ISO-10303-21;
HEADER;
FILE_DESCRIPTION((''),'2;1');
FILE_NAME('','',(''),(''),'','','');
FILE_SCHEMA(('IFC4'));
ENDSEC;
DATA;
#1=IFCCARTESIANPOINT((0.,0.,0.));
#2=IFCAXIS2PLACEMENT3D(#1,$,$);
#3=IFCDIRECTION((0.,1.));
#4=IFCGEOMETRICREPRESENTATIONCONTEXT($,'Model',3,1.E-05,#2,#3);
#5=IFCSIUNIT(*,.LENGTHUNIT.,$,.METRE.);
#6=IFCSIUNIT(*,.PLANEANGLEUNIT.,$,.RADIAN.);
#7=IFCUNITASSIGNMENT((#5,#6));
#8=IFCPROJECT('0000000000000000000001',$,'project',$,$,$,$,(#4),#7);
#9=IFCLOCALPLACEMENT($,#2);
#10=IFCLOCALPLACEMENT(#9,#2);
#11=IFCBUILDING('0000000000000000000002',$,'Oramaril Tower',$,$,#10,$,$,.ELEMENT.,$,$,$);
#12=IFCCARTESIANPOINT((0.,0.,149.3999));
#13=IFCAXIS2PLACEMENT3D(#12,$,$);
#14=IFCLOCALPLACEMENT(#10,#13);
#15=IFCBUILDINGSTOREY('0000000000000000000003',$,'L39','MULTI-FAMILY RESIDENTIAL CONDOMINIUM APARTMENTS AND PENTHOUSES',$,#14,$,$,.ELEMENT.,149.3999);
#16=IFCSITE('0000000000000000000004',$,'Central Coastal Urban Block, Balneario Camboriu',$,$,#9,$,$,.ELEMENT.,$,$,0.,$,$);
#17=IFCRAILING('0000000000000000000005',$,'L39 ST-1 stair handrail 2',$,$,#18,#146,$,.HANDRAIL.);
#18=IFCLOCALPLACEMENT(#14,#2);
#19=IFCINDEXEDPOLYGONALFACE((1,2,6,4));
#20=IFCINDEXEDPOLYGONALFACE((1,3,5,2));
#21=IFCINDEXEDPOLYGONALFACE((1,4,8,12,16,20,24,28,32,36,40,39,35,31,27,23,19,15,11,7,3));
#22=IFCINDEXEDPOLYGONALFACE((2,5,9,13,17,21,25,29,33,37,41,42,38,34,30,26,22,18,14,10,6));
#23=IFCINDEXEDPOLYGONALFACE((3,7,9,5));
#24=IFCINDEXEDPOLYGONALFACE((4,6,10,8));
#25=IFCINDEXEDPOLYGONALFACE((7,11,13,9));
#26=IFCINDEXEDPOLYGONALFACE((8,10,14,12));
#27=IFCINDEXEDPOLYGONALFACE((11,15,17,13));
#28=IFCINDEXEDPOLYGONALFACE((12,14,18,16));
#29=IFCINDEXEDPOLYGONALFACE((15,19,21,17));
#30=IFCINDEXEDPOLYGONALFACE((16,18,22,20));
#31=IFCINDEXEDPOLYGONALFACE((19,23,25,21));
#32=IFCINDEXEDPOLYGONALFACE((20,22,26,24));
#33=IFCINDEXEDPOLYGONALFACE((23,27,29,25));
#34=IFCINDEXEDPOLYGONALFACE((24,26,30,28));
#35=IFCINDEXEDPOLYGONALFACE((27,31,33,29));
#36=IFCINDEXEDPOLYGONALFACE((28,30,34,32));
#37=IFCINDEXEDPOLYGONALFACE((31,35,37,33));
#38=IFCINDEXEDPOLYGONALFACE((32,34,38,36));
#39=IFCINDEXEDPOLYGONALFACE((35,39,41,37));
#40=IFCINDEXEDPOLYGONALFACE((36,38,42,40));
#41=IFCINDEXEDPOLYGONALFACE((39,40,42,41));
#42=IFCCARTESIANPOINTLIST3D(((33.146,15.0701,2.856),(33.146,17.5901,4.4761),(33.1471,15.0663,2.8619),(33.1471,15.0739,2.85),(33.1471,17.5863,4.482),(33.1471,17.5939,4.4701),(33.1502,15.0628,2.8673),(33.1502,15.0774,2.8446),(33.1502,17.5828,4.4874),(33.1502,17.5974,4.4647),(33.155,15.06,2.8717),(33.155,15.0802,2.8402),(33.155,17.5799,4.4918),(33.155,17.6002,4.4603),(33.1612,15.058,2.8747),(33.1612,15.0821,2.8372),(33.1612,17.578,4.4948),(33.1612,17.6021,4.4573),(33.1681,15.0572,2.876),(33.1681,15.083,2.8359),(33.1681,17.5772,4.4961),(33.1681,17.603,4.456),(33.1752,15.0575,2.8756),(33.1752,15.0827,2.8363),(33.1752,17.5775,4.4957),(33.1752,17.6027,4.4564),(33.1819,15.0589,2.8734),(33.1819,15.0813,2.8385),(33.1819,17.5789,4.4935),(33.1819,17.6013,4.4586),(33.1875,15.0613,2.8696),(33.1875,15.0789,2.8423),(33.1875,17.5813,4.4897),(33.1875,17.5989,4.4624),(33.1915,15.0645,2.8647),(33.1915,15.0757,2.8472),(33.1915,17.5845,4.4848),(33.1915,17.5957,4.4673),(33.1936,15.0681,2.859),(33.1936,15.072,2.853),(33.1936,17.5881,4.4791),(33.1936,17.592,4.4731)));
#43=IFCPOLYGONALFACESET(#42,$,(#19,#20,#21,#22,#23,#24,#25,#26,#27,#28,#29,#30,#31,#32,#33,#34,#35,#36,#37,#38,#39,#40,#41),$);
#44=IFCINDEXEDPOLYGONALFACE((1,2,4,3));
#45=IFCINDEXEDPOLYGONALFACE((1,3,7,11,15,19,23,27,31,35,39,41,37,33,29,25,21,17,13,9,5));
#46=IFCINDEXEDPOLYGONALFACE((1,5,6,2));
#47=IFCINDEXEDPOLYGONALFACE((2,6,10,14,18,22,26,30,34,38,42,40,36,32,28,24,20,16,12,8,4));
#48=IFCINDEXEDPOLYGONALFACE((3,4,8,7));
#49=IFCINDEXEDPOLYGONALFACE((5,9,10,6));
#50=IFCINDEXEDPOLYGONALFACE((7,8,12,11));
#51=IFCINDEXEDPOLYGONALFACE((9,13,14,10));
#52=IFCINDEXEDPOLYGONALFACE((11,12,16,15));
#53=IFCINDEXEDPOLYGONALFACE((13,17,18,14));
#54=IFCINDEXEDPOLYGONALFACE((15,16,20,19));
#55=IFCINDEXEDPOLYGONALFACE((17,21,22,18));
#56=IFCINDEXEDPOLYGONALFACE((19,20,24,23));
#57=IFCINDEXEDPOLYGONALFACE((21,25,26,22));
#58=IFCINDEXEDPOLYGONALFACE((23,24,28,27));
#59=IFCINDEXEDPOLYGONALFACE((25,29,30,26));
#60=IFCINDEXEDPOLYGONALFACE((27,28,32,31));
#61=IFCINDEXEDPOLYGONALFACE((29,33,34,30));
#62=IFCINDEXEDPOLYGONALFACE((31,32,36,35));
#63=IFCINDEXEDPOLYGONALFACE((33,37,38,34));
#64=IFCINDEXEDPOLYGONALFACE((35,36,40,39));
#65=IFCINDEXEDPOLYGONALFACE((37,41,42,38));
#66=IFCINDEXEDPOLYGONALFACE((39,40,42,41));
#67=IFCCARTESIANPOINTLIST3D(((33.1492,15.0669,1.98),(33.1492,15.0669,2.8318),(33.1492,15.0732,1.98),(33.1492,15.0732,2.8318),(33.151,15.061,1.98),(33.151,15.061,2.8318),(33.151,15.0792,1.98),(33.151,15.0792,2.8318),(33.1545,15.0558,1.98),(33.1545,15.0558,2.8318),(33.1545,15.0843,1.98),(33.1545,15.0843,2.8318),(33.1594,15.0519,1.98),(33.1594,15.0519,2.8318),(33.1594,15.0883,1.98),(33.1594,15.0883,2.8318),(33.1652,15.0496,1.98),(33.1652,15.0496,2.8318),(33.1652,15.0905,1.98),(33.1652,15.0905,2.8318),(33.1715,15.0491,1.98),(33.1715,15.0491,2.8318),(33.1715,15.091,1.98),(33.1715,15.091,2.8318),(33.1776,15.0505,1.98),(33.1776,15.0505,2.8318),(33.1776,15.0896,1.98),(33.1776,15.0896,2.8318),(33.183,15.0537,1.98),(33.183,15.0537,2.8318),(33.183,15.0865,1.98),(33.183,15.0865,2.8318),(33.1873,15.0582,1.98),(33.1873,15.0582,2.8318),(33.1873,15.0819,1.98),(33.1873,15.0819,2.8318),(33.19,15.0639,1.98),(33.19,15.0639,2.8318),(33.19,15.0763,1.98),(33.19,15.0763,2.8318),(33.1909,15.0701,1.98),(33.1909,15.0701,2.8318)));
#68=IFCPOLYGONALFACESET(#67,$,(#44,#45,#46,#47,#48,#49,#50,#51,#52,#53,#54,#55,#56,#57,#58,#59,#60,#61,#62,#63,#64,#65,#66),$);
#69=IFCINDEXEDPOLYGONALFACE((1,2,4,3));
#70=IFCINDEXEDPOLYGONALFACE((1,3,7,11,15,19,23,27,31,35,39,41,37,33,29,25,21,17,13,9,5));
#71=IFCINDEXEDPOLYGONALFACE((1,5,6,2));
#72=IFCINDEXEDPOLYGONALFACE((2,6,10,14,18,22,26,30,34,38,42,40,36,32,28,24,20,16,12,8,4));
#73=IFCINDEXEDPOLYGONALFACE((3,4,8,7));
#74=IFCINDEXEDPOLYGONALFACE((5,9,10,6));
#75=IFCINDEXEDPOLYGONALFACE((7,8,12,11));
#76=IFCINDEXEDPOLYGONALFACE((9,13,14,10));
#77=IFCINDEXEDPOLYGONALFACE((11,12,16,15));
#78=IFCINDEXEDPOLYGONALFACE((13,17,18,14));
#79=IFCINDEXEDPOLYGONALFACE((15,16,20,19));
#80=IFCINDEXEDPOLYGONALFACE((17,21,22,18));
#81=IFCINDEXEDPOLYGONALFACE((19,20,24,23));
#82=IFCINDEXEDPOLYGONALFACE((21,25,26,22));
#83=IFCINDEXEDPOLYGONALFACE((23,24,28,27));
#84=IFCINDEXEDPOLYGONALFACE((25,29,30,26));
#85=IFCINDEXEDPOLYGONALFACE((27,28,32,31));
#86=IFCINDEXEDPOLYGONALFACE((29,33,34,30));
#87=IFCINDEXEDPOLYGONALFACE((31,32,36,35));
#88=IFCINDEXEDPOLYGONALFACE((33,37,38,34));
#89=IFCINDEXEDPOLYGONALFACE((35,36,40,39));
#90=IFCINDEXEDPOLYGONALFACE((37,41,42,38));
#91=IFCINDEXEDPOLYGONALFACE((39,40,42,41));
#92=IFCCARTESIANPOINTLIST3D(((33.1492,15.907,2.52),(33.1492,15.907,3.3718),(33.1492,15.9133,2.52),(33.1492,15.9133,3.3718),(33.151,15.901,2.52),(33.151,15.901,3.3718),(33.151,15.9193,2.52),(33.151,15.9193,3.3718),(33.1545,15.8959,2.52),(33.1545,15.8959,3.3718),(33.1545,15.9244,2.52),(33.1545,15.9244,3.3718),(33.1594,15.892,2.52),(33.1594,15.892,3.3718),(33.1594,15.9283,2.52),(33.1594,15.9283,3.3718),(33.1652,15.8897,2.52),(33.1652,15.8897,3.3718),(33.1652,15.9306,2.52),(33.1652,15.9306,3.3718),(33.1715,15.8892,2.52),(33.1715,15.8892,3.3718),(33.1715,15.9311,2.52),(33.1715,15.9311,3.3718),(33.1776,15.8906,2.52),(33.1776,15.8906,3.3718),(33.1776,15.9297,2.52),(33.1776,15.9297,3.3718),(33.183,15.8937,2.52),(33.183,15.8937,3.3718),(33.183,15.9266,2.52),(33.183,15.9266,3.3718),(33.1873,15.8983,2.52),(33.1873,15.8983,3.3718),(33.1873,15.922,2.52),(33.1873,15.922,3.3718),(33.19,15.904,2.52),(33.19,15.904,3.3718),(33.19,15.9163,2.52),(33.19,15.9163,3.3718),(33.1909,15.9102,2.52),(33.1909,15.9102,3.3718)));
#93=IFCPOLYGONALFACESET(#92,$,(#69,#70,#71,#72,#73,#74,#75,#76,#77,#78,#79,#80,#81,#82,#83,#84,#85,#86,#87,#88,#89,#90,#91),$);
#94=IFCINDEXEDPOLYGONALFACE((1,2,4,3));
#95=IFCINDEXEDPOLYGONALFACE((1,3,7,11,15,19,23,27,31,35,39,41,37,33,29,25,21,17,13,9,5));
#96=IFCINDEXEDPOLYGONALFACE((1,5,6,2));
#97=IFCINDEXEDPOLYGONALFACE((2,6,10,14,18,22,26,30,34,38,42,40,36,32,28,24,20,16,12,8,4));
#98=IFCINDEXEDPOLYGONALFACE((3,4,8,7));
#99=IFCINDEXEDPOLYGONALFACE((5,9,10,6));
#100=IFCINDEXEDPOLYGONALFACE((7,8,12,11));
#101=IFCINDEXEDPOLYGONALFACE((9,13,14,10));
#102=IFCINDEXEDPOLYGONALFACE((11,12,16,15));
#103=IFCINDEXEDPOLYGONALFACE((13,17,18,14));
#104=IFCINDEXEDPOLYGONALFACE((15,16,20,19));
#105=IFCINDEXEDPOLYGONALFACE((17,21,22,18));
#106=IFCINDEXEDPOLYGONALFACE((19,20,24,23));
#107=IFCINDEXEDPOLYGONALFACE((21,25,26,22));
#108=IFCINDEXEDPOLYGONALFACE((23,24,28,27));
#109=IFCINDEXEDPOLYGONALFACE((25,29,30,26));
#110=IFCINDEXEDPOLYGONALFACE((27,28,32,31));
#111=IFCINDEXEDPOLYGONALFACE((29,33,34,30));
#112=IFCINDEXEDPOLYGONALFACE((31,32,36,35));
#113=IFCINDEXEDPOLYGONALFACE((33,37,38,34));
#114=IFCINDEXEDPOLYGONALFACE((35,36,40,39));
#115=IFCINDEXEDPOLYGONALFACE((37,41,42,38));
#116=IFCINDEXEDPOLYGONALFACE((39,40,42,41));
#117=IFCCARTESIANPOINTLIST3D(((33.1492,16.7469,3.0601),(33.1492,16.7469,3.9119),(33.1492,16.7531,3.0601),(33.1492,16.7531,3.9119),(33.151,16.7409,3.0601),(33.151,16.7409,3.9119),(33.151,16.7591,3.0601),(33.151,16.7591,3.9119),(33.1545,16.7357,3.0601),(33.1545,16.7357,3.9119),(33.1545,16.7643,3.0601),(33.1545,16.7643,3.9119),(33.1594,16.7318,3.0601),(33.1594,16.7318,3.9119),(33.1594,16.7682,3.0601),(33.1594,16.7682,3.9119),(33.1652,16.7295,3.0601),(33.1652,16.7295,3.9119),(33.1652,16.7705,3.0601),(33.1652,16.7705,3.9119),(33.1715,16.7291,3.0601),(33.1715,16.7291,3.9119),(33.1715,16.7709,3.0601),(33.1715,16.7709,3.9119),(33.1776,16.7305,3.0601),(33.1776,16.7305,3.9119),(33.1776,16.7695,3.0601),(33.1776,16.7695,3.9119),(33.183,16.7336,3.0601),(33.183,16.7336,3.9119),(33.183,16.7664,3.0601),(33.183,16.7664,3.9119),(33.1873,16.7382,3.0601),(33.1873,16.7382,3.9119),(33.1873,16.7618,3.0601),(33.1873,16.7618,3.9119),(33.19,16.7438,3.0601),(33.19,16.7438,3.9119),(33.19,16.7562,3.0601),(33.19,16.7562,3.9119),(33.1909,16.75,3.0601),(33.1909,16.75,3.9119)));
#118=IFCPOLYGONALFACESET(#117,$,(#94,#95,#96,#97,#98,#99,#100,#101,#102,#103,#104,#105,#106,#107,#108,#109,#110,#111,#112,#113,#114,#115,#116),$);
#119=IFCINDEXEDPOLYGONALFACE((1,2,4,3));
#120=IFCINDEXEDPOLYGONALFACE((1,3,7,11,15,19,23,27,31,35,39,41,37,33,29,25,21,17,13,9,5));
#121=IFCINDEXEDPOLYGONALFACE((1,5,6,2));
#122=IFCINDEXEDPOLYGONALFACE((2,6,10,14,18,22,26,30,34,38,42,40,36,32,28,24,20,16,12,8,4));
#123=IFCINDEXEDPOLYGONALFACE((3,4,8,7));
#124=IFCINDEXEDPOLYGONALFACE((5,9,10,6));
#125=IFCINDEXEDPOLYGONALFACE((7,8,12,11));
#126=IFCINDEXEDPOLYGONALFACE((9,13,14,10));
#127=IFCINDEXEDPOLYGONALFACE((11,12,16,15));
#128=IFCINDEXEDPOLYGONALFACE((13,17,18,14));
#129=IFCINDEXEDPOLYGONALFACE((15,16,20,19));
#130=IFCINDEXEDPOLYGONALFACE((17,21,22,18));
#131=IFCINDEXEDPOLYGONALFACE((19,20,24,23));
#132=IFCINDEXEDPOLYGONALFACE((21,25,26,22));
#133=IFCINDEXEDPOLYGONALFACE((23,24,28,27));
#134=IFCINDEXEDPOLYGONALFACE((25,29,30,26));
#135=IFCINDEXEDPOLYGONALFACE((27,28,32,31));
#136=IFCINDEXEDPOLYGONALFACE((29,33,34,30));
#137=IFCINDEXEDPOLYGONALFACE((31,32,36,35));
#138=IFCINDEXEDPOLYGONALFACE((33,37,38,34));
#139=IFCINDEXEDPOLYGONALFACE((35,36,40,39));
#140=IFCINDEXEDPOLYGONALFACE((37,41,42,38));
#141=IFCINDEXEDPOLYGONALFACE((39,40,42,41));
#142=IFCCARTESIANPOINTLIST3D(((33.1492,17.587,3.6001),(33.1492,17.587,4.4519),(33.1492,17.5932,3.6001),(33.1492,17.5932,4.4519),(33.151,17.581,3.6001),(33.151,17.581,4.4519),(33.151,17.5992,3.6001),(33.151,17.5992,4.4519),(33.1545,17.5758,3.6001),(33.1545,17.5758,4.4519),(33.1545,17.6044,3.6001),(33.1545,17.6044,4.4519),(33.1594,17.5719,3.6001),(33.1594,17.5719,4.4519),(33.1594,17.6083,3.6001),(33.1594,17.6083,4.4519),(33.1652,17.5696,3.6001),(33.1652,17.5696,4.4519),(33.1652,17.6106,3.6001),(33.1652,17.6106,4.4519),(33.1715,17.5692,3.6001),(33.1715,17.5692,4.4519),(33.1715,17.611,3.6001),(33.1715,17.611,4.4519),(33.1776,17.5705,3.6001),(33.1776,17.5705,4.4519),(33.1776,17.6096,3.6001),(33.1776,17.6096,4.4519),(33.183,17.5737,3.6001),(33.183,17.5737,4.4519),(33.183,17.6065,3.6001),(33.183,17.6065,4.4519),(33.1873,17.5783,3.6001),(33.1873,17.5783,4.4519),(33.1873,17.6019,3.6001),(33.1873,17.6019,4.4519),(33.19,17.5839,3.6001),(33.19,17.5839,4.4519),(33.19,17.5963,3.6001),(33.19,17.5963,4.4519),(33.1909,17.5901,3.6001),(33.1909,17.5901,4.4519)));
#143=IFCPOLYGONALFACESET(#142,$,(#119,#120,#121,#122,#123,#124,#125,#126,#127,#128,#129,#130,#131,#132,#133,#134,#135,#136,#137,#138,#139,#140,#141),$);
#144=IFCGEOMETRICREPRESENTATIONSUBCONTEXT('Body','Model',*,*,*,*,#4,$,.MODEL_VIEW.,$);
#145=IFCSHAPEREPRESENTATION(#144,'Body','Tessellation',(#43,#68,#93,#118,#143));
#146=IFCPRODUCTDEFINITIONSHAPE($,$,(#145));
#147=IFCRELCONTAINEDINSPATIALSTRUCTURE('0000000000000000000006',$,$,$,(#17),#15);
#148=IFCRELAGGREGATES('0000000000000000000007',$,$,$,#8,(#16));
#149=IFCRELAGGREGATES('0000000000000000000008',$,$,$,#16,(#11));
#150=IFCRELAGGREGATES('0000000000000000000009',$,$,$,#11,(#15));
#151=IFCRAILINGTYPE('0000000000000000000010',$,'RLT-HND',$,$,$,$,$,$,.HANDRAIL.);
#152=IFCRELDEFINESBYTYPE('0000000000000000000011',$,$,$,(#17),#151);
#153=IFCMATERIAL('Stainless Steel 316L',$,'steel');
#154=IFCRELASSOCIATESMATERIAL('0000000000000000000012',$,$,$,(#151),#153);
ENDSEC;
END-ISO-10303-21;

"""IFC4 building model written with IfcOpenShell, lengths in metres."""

from ifc_helpers import new_model, si_unit, direction, frame, origin, origin_2d, place, context, subcontext, project, spatial, circle, extrude, material, type_object, element, save


model = new_model("IFC4")

# Units and contexts
model_context = context("Model", 3, precision=1e-05, world=origin(), true_north=direction((0.0, 1.0)))
body_context = subcontext(model_context, "Body", "Model", "MODEL_VIEW")
ifc_project = project(units=[si_unit("LENGTHUNIT", "METRE"), si_unit("PLANEANGLEUNIT", "RADIAN")], contexts=[model_context])

# Site, building, storey
site_placement = place(None, origin())
site = spatial("IfcSite", under=ifc_project, at=site_placement, Name="Central Coastal Urban Block, Balneario Camboriu", CompositionType="ELEMENT", RefElevation=0.0)
building_placement = place(site_placement, origin())
building = spatial("IfcBuilding", under=site, at=building_placement, Name="Oramaril Tower", CompositionType="ELEMENT")
storey_placement = place(building_placement, frame((0.0, 0.0, 149.3999)))
storey = spatial("IfcBuildingStorey", under=building, at=storey_placement, Name="L39", Description="MULTI-FAMILY RESIDENTIAL CONDOMINIUM APARTMENTS AND PENTHOUSES", CompositionType="ELEMENT", Elevation=149.3999)

# Railing
ifc_material_1 = material(Name="Stainless Steel 316L", Category="steel")
railing_type_1 = type_object("IfcRailingType", Name="RLT-HND", PredefinedType="HANDRAIL", material=ifc_material_1)
railing_1_placement = place(storey_placement, frame((33.1699, 15.0701, 1.98)))
element("IfcRailing", 1, at=railing_1_placement, inside=storey, type_object=railing_type_1, Name="L39 ST-1 stair handrail 2", PredefinedType="HANDRAIL", context=body_context, shape_type="SweptSolid", body=[
    extrude(circle(Radius=0.0239, at=origin_2d()), frame((0.0, 0.0, 0.876), z_axis=(0.0, 0.841163, 0.540782), x_axis=(-1.0, 0.0, 0.0)), (0.0, 0.0, 1.0), 2.9958),
    extrude(circle(Radius=0.021, at=origin_2d()), origin(), (0.0, 0.0, 1.0), 0.8518),
    extrude(circle(Radius=0.021, at=origin_2d()), frame((0.0, 0.8401, 0.54)), (0.0, 0.0, 1.0), 0.8518),
    extrude(circle(Radius=0.021, at=origin_2d()), frame((0.0, 1.6799, 1.0801)), (0.0, 0.0, 1.0), 0.8518),
    extrude(circle(Radius=0.021, at=origin_2d()), frame((0.0, 2.52, 1.6201)), (0.0, 0.0, 1.0), 0.8518),
])

save(model, "model.ifc")
